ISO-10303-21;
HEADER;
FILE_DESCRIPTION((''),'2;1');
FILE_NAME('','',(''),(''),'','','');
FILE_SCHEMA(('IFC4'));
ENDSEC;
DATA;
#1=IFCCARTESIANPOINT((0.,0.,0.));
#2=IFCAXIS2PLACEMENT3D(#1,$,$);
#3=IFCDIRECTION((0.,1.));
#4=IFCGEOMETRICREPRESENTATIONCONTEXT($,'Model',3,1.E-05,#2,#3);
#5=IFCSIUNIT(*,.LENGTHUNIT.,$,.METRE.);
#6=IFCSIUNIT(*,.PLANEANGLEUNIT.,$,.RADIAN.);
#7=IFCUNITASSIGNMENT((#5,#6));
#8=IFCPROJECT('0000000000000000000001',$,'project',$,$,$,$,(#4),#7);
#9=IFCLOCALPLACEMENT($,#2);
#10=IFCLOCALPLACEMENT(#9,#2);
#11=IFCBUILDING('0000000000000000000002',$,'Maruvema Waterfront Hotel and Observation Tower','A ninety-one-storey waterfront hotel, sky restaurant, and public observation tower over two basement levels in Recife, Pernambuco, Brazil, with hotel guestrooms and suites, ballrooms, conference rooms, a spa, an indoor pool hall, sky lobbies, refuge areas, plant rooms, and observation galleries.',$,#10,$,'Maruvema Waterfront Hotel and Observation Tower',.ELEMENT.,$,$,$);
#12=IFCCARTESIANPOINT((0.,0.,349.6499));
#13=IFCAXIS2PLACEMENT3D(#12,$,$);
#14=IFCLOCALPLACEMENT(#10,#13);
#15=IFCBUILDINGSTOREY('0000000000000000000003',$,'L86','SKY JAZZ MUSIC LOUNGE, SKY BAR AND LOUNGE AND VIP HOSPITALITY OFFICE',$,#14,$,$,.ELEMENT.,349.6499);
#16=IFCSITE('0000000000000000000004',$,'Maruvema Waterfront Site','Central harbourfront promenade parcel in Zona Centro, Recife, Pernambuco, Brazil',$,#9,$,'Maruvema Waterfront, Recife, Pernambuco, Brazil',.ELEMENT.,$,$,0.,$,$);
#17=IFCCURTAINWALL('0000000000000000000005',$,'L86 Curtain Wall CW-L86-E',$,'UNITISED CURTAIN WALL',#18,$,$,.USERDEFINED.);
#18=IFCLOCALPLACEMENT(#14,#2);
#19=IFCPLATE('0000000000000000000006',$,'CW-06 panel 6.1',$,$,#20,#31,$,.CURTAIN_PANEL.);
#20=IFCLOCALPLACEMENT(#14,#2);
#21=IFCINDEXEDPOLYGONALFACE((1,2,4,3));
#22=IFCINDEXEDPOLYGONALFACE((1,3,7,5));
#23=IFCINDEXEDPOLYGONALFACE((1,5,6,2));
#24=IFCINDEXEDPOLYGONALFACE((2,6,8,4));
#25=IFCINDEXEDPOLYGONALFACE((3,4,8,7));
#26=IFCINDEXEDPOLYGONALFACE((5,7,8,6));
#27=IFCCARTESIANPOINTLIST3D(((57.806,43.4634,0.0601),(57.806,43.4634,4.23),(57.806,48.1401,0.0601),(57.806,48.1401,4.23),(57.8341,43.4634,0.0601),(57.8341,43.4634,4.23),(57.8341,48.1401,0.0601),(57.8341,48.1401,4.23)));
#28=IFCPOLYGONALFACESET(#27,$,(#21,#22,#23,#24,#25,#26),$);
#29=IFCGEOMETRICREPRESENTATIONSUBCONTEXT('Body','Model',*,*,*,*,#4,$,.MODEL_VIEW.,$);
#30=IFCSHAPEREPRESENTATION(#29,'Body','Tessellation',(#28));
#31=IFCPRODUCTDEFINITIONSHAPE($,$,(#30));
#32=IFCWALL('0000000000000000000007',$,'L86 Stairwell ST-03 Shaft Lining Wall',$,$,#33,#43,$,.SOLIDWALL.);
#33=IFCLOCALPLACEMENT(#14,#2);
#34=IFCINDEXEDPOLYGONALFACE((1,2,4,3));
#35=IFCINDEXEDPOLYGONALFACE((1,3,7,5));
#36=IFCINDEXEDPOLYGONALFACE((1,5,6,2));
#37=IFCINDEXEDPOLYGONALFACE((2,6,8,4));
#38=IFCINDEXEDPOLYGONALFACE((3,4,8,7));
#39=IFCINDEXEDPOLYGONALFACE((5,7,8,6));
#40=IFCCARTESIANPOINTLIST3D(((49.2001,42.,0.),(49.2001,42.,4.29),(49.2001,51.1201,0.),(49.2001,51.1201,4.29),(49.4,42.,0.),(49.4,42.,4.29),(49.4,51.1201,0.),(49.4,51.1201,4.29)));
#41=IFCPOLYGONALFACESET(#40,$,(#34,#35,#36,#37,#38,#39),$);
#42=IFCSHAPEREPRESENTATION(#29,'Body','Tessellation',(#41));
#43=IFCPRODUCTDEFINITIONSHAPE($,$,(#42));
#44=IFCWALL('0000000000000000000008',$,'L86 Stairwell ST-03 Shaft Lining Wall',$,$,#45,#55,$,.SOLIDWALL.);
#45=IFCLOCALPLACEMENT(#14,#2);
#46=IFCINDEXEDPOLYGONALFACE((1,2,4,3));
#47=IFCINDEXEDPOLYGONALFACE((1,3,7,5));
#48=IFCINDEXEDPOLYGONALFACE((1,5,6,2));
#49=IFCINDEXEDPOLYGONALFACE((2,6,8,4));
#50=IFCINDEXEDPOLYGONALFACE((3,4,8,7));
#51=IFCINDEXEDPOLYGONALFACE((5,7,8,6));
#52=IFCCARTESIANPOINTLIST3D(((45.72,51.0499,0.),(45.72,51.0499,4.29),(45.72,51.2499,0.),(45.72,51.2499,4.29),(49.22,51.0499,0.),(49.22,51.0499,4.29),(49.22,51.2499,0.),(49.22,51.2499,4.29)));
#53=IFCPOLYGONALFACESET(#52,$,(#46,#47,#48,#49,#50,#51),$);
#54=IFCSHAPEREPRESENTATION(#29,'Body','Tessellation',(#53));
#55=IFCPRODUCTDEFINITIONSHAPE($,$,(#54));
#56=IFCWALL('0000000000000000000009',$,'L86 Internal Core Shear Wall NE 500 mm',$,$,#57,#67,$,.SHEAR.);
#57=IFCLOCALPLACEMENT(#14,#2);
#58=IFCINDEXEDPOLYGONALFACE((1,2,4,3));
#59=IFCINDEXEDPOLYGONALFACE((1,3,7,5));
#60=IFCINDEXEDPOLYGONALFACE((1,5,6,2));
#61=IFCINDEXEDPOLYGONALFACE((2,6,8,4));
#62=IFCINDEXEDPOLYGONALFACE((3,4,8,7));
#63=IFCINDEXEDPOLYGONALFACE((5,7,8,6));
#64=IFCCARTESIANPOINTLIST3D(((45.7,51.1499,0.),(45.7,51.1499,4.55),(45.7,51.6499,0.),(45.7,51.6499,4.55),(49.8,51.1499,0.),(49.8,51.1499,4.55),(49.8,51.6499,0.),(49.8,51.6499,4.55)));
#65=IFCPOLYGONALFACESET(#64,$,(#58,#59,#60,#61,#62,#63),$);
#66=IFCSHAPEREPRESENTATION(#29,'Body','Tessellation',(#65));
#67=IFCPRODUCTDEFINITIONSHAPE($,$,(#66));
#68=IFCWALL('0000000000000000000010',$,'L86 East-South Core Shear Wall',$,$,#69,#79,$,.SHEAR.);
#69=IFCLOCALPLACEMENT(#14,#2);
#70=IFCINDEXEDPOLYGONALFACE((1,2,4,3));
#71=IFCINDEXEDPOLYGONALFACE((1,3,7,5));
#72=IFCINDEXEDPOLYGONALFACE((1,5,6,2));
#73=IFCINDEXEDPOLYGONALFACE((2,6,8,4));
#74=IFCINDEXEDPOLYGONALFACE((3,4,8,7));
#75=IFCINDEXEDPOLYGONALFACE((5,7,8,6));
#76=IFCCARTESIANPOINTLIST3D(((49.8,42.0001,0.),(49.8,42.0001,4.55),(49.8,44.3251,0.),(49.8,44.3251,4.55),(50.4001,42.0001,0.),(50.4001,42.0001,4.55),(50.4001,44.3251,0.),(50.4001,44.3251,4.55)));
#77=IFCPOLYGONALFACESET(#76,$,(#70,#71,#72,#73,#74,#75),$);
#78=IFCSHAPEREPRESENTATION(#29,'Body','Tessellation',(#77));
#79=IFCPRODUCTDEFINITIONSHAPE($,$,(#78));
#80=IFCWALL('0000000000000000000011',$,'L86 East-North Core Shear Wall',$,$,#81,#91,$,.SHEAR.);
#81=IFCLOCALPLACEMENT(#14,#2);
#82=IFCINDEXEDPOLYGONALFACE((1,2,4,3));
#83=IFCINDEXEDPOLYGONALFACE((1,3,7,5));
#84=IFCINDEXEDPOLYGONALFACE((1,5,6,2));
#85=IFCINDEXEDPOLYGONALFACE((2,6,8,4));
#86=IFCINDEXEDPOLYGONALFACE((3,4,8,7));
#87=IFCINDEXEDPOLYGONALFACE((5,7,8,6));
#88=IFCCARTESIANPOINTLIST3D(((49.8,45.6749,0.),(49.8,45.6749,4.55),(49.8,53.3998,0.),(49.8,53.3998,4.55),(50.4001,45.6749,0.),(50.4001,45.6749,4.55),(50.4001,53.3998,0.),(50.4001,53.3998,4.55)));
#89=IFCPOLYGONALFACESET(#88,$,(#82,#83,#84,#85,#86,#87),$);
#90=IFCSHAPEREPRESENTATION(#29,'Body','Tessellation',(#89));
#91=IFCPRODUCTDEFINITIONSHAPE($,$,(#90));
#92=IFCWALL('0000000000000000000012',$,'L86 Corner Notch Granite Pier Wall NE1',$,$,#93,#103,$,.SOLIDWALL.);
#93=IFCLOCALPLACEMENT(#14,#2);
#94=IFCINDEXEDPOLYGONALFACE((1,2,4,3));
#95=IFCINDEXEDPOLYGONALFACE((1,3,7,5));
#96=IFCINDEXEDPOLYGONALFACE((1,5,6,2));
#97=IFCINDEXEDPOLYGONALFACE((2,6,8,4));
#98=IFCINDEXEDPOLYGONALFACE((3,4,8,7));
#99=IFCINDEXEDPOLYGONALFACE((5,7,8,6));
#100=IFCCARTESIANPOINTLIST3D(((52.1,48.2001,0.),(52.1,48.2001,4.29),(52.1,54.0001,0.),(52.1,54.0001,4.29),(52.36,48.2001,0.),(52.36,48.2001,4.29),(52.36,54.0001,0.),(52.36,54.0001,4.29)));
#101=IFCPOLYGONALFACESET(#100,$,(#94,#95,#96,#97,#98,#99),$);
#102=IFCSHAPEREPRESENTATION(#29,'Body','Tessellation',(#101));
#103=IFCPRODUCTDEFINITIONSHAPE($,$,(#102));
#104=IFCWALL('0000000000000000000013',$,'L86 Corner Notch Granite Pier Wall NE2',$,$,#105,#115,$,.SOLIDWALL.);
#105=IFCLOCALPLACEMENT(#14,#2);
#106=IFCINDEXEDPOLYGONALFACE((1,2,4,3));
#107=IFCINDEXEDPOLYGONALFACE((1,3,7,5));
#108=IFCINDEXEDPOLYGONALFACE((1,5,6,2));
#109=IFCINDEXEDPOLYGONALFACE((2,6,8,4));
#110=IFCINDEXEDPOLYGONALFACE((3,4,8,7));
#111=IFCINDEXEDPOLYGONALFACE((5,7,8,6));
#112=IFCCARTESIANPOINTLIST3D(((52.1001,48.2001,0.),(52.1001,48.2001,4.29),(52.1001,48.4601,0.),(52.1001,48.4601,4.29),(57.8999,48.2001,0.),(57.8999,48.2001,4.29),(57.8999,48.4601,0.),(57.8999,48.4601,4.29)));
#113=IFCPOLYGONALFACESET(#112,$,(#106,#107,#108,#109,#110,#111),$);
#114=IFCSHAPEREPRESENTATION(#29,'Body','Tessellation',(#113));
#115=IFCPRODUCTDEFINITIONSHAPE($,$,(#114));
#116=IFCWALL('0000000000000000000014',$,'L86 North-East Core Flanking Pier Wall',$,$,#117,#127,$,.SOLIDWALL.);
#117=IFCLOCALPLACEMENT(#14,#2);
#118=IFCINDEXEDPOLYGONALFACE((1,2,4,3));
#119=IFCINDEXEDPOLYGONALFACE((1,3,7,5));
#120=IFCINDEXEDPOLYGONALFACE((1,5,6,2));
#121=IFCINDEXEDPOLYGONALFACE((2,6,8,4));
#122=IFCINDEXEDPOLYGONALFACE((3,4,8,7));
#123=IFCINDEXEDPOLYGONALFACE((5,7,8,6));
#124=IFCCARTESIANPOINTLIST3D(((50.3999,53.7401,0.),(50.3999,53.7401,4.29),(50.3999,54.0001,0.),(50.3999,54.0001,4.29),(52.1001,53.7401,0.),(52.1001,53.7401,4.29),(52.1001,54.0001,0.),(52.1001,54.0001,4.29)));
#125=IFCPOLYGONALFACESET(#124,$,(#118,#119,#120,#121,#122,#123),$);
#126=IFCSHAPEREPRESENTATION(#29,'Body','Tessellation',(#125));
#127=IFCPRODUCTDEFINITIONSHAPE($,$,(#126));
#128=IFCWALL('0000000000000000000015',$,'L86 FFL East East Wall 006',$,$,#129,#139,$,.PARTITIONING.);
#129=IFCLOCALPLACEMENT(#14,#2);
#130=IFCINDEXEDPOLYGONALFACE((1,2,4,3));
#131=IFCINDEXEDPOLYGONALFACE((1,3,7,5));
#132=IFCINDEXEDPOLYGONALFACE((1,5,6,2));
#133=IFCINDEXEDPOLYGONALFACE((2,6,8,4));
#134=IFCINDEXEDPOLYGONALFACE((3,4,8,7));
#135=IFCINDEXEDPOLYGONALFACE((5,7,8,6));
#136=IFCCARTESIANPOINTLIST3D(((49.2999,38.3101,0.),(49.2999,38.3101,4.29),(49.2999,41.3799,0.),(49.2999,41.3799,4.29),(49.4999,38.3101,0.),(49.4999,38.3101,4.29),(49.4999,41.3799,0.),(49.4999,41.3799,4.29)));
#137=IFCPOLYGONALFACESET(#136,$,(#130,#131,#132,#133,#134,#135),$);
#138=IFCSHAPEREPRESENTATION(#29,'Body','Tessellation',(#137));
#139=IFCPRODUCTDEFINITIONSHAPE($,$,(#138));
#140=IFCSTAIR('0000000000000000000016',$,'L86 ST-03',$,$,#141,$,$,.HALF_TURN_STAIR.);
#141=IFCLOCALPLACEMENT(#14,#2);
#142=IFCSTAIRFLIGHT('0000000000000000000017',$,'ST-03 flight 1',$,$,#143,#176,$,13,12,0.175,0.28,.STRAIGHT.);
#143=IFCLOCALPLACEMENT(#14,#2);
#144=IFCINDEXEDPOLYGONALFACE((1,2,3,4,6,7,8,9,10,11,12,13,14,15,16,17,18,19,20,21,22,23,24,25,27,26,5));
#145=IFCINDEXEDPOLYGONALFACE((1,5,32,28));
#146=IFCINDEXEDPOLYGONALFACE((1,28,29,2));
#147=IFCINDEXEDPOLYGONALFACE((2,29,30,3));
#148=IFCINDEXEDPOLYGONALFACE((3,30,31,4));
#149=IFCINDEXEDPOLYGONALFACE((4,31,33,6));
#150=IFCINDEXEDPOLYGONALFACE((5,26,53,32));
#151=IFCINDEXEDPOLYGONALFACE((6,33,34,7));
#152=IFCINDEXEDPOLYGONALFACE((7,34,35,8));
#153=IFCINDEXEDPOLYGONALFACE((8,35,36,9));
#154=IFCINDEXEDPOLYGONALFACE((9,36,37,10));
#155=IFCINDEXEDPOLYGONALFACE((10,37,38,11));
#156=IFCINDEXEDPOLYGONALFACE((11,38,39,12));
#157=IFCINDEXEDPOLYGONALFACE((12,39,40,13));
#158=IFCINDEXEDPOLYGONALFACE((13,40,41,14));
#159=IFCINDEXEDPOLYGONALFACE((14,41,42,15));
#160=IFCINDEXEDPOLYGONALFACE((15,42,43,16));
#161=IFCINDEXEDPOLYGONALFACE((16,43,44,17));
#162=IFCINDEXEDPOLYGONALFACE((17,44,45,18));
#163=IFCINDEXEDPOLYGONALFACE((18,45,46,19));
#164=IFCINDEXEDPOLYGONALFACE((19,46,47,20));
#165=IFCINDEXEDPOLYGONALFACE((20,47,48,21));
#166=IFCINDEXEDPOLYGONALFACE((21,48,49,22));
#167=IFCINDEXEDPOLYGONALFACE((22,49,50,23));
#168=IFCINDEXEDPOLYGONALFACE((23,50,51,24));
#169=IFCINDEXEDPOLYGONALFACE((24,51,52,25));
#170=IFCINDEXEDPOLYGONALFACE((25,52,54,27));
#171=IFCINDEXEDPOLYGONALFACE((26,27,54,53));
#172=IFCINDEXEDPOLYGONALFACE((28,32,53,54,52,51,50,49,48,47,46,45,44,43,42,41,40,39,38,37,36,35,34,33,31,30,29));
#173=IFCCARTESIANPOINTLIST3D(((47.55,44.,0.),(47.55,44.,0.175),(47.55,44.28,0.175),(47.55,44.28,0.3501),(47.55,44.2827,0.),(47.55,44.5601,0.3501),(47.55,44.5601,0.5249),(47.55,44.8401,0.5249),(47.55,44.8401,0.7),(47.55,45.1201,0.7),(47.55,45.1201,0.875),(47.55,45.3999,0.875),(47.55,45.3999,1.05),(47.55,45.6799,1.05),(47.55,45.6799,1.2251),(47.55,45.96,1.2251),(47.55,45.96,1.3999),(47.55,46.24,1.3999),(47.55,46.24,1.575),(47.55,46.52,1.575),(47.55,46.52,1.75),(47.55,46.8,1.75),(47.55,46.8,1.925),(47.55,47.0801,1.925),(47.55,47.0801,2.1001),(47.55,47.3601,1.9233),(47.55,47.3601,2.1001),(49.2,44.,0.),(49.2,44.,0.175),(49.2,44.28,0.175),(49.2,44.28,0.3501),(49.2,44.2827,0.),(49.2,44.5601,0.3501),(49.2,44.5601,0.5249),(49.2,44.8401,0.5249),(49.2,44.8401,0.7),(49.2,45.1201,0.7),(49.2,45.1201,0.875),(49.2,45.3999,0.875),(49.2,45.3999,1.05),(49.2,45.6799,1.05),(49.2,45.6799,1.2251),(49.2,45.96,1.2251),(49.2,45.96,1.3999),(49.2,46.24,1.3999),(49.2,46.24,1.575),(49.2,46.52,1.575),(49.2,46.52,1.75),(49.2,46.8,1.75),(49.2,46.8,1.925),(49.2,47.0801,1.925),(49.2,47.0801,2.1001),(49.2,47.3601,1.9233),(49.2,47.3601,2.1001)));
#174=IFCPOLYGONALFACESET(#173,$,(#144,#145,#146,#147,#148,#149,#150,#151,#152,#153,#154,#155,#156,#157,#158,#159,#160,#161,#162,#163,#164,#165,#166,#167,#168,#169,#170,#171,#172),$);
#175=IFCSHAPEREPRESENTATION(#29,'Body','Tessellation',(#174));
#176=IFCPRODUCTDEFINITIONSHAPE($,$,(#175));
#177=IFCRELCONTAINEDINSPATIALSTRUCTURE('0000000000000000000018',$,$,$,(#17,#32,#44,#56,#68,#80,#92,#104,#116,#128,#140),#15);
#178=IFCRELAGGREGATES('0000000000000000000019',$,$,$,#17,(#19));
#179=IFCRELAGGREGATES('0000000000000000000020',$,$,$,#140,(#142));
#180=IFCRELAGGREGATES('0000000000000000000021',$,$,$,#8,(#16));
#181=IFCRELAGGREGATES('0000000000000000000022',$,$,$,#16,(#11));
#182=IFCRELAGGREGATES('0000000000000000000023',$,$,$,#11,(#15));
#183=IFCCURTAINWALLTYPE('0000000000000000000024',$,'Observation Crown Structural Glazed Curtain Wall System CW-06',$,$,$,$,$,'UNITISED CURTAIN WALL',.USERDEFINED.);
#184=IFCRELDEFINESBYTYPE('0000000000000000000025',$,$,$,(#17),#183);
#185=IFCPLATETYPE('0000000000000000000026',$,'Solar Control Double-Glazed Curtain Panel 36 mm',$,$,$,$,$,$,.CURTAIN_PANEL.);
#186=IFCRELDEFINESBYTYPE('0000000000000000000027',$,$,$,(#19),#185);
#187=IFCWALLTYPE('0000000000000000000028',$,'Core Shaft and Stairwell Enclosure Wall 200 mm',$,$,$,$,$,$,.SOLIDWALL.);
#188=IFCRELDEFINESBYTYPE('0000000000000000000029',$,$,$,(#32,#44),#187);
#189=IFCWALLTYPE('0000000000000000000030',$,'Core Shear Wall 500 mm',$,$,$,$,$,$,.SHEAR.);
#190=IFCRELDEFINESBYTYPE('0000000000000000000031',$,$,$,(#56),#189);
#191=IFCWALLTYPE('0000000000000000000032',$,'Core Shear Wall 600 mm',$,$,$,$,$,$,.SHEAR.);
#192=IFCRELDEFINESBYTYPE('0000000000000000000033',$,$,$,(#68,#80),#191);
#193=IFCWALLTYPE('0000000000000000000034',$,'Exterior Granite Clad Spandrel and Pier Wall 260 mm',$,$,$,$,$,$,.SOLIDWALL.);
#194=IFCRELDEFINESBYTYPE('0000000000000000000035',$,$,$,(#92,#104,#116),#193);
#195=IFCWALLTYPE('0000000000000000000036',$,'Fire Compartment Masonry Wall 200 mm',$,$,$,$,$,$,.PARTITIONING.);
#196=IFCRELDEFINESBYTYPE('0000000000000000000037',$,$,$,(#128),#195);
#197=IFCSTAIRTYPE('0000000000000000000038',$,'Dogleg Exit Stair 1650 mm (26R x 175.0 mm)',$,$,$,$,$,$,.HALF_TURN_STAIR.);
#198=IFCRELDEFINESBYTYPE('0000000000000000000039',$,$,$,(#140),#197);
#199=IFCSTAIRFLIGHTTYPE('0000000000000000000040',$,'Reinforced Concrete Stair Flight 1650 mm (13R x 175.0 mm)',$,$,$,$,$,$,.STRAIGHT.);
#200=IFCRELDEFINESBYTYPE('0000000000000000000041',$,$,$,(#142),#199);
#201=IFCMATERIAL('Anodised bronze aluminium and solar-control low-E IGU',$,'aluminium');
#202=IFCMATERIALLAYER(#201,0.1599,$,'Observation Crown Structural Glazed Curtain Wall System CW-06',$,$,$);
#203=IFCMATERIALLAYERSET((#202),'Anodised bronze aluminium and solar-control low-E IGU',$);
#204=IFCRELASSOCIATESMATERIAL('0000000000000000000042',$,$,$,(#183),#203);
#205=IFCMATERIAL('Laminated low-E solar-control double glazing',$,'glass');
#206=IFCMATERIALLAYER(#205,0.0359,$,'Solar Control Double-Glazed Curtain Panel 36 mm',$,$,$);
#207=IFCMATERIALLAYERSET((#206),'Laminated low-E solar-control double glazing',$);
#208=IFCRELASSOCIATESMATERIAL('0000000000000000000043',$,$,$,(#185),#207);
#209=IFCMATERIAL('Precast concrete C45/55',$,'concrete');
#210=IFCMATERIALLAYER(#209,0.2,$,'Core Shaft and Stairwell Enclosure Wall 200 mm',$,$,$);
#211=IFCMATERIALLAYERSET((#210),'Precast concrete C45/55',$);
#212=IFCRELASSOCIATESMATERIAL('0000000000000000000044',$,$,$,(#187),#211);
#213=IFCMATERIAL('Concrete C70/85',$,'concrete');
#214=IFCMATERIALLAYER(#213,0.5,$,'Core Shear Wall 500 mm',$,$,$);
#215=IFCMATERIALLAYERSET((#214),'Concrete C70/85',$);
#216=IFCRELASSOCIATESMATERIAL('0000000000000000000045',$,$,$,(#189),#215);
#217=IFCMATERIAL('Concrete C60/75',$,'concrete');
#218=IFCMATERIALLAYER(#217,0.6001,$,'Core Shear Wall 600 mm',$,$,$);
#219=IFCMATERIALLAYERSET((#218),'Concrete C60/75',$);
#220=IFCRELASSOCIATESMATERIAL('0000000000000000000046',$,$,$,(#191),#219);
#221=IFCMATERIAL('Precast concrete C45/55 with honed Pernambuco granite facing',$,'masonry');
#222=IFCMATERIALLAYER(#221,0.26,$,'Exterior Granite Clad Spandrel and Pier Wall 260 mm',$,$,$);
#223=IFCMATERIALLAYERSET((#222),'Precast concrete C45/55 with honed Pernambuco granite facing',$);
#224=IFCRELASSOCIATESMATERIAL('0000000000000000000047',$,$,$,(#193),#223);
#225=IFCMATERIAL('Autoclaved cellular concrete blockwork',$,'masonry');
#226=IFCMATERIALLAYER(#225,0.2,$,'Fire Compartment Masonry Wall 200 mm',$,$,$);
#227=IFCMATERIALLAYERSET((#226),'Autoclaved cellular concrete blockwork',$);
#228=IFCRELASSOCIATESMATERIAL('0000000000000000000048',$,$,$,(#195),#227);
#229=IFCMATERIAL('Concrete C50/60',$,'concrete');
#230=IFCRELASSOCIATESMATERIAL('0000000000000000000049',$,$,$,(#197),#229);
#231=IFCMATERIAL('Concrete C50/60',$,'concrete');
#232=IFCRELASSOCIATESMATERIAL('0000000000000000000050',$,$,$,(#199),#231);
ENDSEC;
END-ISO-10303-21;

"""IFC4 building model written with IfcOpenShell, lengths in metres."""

from ifc_helpers import new_model, si_unit, direction, frame, frame_2d, origin, origin_2d, place, context, subcontext, project, spatial, polyline, rectangle, outline, extrude, material, layer, layer_set, type_object, element, aggregate, save


model = new_model("IFC4")

# Units and contexts
model_context = context("Model", 3, precision=1e-05, world=origin(), true_north=direction((0.0, 1.0)))
body_context = subcontext(model_context, "Body", "Model", "MODEL_VIEW")
ifc_project = project(units=[si_unit("LENGTHUNIT", "METRE"), si_unit("PLANEANGLEUNIT", "RADIAN")], contexts=[model_context])

# Site, building, storey
site_placement = place(None, origin())
site = spatial("IfcSite", under=ifc_project, at=site_placement, Name="Maruvema Waterfront Site", Description="Central harbourfront promenade parcel in Zona Centro, Recife, Pernambuco, Brazil", LongName="Maruvema Waterfront, Recife, Pernambuco, Brazil", CompositionType="ELEMENT", RefElevation=0.0)
building_placement = place(site_placement, origin())
building = spatial("IfcBuilding", under=site, at=building_placement, Name="Maruvema Waterfront Hotel and Observation Tower", Description="A ninety-one-storey waterfront hotel, sky restaurant, and public observation tower over two basement levels in Recife, Pernambuco, Brazil, with hotel guestrooms and suites, ballrooms, conference rooms, a spa, an indoor pool hall, sky lobbies, refuge areas, plant rooms, and observation galleries.", LongName="Maruvema Waterfront Hotel and Observation Tower", CompositionType="ELEMENT")
storey_placement = place(building_placement, frame((0.0, 0.0, 349.6499)))
storey = spatial("IfcBuildingStorey", under=building, at=storey_placement, Name="L86", Description="SKY JAZZ MUSIC LOUNGE, SKY BAR AND LOUNGE AND VIP HOSPITALITY OFFICE", CompositionType="ELEMENT", Elevation=349.6499)

# Curtain wall
ifc_material_1 = material(Name="Anodised bronze aluminium and solar-control low-E IGU", Category="aluminium")
ifc_layer_1 = layer(ifc_material_1, 0.1599, Name="Observation Crown Structural Glazed Curtain Wall System CW-06")
ifc_layer_set_1 = layer_set([ifc_layer_1], Name="Anodised bronze aluminium and solar-control low-E IGU")
curtain_wall_type = type_object("IfcCurtainWallType", Name="Observation Crown Structural Glazed Curtain Wall System CW-06", ElementType="UNITISED CURTAIN WALL", PredefinedType="USERDEFINED", material=ifc_layer_set_1)
curtain_wall_placement = place(storey_placement, origin())
curtain_wall = element("IfcCurtainWall", 1, at=curtain_wall_placement, inside=storey, type_object=curtain_wall_type, Name="L86 Curtain Wall CW-L86-E", ObjectType="UNITISED CURTAIN WALL", PredefinedType="USERDEFINED")

# Plate
ifc_material_2 = material(Name="Laminated low-E solar-control double glazing", Category="glass")
ifc_layer_2 = layer(ifc_material_2, 0.0359, Name="Solar Control Double-Glazed Curtain Panel 36 mm")
ifc_layer_set_2 = layer_set([ifc_layer_2], Name="Laminated low-E solar-control double glazing")
plate_type = type_object("IfcPlateType", Name="Solar Control Double-Glazed Curtain Panel 36 mm", PredefinedType="CURTAIN_PANEL", material=ifc_layer_set_2)
plate_1_placement = place(storey_placement, frame((57.8201, 45.8018, 0.0601), z_axis=(0.0, 0.0, 1.0), x_axis=(0.0, 1.0, 0.0)))
plate_1 = element("IfcPlate", 2, at=plate_1_placement, type_object=plate_type, Name="CW-06 panel 6.1", PredefinedType="CURTAIN_PANEL", context=body_context, shape_type="SweptSolid", body=[
    extrude(rectangle(XDim=4.6768, YDim=0.0281, at=origin_2d()), origin(), (0.0, 0.0, 1.0), 4.1699),
])
aggregate(curtain_wall, [plate_1])

# Walls
ifc_material_3 = material(Name="Precast concrete C45/55", Category="concrete")
ifc_layer_3 = layer(ifc_material_3, 0.2, Name="Core Shaft and Stairwell Enclosure Wall 200 mm")
ifc_layer_set_3 = layer_set([ifc_layer_3], Name="Precast concrete C45/55")
wall_type_1 = type_object("IfcWallType", Name="Core Shaft and Stairwell Enclosure Wall 200 mm", PredefinedType="SOLIDWALL", material=ifc_layer_set_3)
wall_1_placement = place(storey_placement, frame((49.3, 42.0, 0.0), z_axis=(0.0, 0.0, 1.0), x_axis=(0.0, 1.0, 0.0)))
element("IfcWall", 3, at=wall_1_placement, inside=storey, type_object=wall_type_1, Name="L86 Stairwell ST-03 Shaft Lining Wall", PredefinedType="SOLIDWALL", context=body_context, shape_type="SweptSolid", body=[
    extrude(rectangle(XDim=9.1201, YDim=0.2, at=frame_2d((4.5601, 0.0))), origin(), (0.0, 0.0, 1.0), 4.29),
])
wall_2_placement = place(storey_placement, frame((45.72, 51.1499, 0.0), z_axis=(0.0, 0.0, 1.0), x_axis=(1.0, 0.0, 0.0)))
element("IfcWall", 4, at=wall_2_placement, inside=storey, type_object=wall_type_1, Name="L86 Stairwell ST-03 Shaft Lining Wall", PredefinedType="SOLIDWALL", context=body_context, shape_type="SweptSolid", body=[
    extrude(rectangle(XDim=3.5, YDim=0.2, at=frame_2d((1.75, 0.0))), origin(), (0.0, 0.0, 1.0), 4.29),
])
ifc_material_4 = material(Name="Concrete C70/85", Category="concrete")
ifc_layer_4 = layer(ifc_material_4, 0.5, Name="Core Shear Wall 500 mm")
ifc_layer_set_4 = layer_set([ifc_layer_4], Name="Concrete C70/85")
wall_type_2 = type_object("IfcWallType", Name="Core Shear Wall 500 mm", PredefinedType="SHEAR", material=ifc_layer_set_4)
wall_3_placement = place(storey_placement, frame((45.7, 51.3999, 0.0), z_axis=(0.0, 0.0, 1.0), x_axis=(1.0, 0.0, 0.0)))
element("IfcWall", 5, at=wall_3_placement, inside=storey, type_object=wall_type_2, Name="L86 Internal Core Shear Wall NE 500 mm", PredefinedType="SHEAR", context=body_context, shape_type="SweptSolid", body=[
    extrude(rectangle(XDim=4.1001, YDim=0.5, at=frame_2d((2.05, 0.0))), origin(), (0.0, 0.0, 1.0), 4.55),
])
ifc_material_5 = material(Name="Concrete C60/75", Category="concrete")
ifc_layer_5 = layer(ifc_material_5, 0.6001, Name="Core Shear Wall 600 mm")
ifc_layer_set_5 = layer_set([ifc_layer_5], Name="Concrete C60/75")
wall_type_3 = type_object("IfcWallType", Name="Core Shear Wall 600 mm", PredefinedType="SHEAR", material=ifc_layer_set_5)
wall_4_placement = place(storey_placement, frame((50.1001, 42.0, 0.0), z_axis=(0.0, 0.0, 1.0), x_axis=(0.0, 1.0, 0.0)))
element("IfcWall", 6, at=wall_4_placement, inside=storey, type_object=wall_type_3, Name="L86 East-South Core Shear Wall", PredefinedType="SHEAR", context=body_context, shape_type="SweptSolid", body=[
    extrude(rectangle(XDim=2.325, YDim=0.6001, at=frame_2d((1.1626, 0.0))), origin(), (0.0, 0.0, 1.0), 4.55),
])
wall_5_placement = place(storey_placement, frame((50.1001, 45.675, 0.0), z_axis=(0.0, 0.0, 1.0), x_axis=(0.0, 1.0, 0.0)))
element("IfcWall", 7, at=wall_5_placement, inside=storey, type_object=wall_type_3, Name="L86 East-North Core Shear Wall", PredefinedType="SHEAR", context=body_context, shape_type="SweptSolid", body=[
    extrude(rectangle(XDim=7.7249, YDim=0.6001, at=frame_2d((3.8623, 0.0))), origin(), (0.0, 0.0, 1.0), 4.55),
])
ifc_material_6 = material(Name="Precast concrete C45/55 with honed Pernambuco granite facing", Category="masonry")
ifc_layer_6 = layer(ifc_material_6, 0.26, Name="Exterior Granite Clad Spandrel and Pier Wall 260 mm")
ifc_layer_set_6 = layer_set([ifc_layer_6], Name="Precast concrete C45/55 with honed Pernambuco granite facing")
wall_type_4 = type_object("IfcWallType", Name="Exterior Granite Clad Spandrel and Pier Wall 260 mm", PredefinedType="SOLIDWALL", material=ifc_layer_set_6)
wall_6_placement = place(storey_placement, frame((52.23, 54.0, 0.0), z_axis=(0.0, 0.0, 1.0), x_axis=(0.0, -1.0, 0.0)))
element("IfcWall", 8, at=wall_6_placement, inside=storey, type_object=wall_type_4, Name="L86 Corner Notch Granite Pier Wall NE1", PredefinedType="SOLIDWALL", context=body_context, shape_type="SweptSolid", body=[
    extrude(rectangle(XDim=5.8, YDim=0.26, at=frame_2d((2.8999, 0.0))), origin(), (0.0, 0.0, 1.0), 4.29),
])
wall_7_placement = place(storey_placement, frame((52.1001, 48.3301, 0.0), z_axis=(0.0, 0.0, 1.0), x_axis=(1.0, 0.0, 0.0)))
element("IfcWall", 9, at=wall_7_placement, inside=storey, type_object=wall_type_4, Name="L86 Corner Notch Granite Pier Wall NE2", PredefinedType="SOLIDWALL", context=body_context, shape_type="SweptSolid", body=[
    extrude(rectangle(XDim=5.7998, YDim=0.26, at=frame_2d((2.8999, 0.0))), origin(), (0.0, 0.0, 1.0), 4.29),
])
wall_8_placement = place(storey_placement, frame((52.1001, 53.8701, 0.0), z_axis=(0.0, 0.0, 1.0), x_axis=(-1.0, 0.0, 0.0)))
element("IfcWall", 10, at=wall_8_placement, inside=storey, type_object=wall_type_4, Name="L86 North-East Core Flanking Pier Wall", PredefinedType="SOLIDWALL", context=body_context, shape_type="SweptSolid", body=[
    extrude(rectangle(XDim=1.7002, YDim=0.26, at=frame_2d((0.8501, 0.0))), origin(), (0.0, 0.0, 1.0), 4.29),
])
ifc_material_7 = material(Name="Autoclaved cellular concrete blockwork", Category="masonry")
ifc_layer_7 = layer(ifc_material_7, 0.2, Name="Fire Compartment Masonry Wall 200 mm")
ifc_layer_set_7 = layer_set([ifc_layer_7], Name="Autoclaved cellular concrete blockwork")
wall_type_5 = type_object("IfcWallType", Name="Fire Compartment Masonry Wall 200 mm", PredefinedType="PARTITIONING", material=ifc_layer_set_7)
wall_9_placement = place(storey_placement, frame((49.3999, 38.3101, 0.0), z_axis=(0.0, 0.0, 1.0), x_axis=(0.0, 1.0, 0.0)))
element("IfcWall", 11, at=wall_9_placement, inside=storey, type_object=wall_type_5, Name="L86 FFL East East Wall 006", PredefinedType="PARTITIONING", context=body_context, shape_type="SweptSolid", body=[
    extrude(rectangle(XDim=3.0698, YDim=0.2, at=frame_2d((1.5349, 0.0))), origin(), (0.0, 0.0, 1.0), 4.29),
])

# Stair, stair flight
ifc_material_8 = material(Name="Concrete C50/60", Category="concrete")
stair_type = type_object("IfcStairType", Name="Dogleg Exit Stair 1650 mm (26R x 175.0 mm)", PredefinedType="HALF_TURN_STAIR", material=ifc_material_8)
stair_placement = place(storey_placement, origin())
stair = element("IfcStair", 12, at=stair_placement, inside=storey, type_object=stair_type, Name="L86 ST-03", PredefinedType="HALF_TURN_STAIR")
ifc_material_9 = material(Name="Concrete C50/60", Category="concrete")
stair_flight_type = type_object("IfcStairFlightType", Name="Reinforced Concrete Stair Flight 1650 mm (13R x 175.0 mm)", PredefinedType="STRAIGHT", material=ifc_material_9)
stair_flight_1_placement = place(storey_placement, frame((48.375, 44.0, 0.0), z_axis=(0.0, 0.0, 1.0), x_axis=(0.0, 1.0, 0.0)))
stair_flight_1 = element("IfcStairFlight", 13, at=stair_flight_1_placement, type_object=stair_flight_type, Name="ST-03 flight 1", NumberOfRisers=13, NumberOfTreads=12, PredefinedType="STRAIGHT", RiserHeight=0.175, TreadLength=0.28, context=body_context, shape_type="SweptSolid", body=[
    extrude(outline(polyline([(0.0, 0.0), (0.0, 0.175), (0.28, 0.175), (0.28, 0.3501), (0.5601, 0.3501), (0.5601, 0.5249), (0.8401, 0.5249), (0.8401, 0.7), (1.1201, 0.7), (1.1201, 0.875), (1.3999, 0.875), (1.3999, 1.05), (1.6799, 1.05), (1.6799, 1.2251), (1.96, 1.2251), (1.96, 1.3999), (2.24, 1.3999), (2.24, 1.575), (2.52, 1.575), (2.52, 1.75), (2.8, 1.75), (2.8, 1.925), (3.0801, 1.925), (3.0801, 2.1001), (3.3601, 2.1001), (3.3601, 2.2749), (3.3601, 1.9233), (0.2827, 0.0), (0.0, 0.0)])), frame((0.0, 0.825, 0.0), z_axis=(0.0, -1.0, 0.0), x_axis=(1.0, 0.0, 0.0)), (0.0, 0.0, 1.0), 1.6499),
])
aggregate(stair, [stair_flight_1])

save(model, "model.ifc")
